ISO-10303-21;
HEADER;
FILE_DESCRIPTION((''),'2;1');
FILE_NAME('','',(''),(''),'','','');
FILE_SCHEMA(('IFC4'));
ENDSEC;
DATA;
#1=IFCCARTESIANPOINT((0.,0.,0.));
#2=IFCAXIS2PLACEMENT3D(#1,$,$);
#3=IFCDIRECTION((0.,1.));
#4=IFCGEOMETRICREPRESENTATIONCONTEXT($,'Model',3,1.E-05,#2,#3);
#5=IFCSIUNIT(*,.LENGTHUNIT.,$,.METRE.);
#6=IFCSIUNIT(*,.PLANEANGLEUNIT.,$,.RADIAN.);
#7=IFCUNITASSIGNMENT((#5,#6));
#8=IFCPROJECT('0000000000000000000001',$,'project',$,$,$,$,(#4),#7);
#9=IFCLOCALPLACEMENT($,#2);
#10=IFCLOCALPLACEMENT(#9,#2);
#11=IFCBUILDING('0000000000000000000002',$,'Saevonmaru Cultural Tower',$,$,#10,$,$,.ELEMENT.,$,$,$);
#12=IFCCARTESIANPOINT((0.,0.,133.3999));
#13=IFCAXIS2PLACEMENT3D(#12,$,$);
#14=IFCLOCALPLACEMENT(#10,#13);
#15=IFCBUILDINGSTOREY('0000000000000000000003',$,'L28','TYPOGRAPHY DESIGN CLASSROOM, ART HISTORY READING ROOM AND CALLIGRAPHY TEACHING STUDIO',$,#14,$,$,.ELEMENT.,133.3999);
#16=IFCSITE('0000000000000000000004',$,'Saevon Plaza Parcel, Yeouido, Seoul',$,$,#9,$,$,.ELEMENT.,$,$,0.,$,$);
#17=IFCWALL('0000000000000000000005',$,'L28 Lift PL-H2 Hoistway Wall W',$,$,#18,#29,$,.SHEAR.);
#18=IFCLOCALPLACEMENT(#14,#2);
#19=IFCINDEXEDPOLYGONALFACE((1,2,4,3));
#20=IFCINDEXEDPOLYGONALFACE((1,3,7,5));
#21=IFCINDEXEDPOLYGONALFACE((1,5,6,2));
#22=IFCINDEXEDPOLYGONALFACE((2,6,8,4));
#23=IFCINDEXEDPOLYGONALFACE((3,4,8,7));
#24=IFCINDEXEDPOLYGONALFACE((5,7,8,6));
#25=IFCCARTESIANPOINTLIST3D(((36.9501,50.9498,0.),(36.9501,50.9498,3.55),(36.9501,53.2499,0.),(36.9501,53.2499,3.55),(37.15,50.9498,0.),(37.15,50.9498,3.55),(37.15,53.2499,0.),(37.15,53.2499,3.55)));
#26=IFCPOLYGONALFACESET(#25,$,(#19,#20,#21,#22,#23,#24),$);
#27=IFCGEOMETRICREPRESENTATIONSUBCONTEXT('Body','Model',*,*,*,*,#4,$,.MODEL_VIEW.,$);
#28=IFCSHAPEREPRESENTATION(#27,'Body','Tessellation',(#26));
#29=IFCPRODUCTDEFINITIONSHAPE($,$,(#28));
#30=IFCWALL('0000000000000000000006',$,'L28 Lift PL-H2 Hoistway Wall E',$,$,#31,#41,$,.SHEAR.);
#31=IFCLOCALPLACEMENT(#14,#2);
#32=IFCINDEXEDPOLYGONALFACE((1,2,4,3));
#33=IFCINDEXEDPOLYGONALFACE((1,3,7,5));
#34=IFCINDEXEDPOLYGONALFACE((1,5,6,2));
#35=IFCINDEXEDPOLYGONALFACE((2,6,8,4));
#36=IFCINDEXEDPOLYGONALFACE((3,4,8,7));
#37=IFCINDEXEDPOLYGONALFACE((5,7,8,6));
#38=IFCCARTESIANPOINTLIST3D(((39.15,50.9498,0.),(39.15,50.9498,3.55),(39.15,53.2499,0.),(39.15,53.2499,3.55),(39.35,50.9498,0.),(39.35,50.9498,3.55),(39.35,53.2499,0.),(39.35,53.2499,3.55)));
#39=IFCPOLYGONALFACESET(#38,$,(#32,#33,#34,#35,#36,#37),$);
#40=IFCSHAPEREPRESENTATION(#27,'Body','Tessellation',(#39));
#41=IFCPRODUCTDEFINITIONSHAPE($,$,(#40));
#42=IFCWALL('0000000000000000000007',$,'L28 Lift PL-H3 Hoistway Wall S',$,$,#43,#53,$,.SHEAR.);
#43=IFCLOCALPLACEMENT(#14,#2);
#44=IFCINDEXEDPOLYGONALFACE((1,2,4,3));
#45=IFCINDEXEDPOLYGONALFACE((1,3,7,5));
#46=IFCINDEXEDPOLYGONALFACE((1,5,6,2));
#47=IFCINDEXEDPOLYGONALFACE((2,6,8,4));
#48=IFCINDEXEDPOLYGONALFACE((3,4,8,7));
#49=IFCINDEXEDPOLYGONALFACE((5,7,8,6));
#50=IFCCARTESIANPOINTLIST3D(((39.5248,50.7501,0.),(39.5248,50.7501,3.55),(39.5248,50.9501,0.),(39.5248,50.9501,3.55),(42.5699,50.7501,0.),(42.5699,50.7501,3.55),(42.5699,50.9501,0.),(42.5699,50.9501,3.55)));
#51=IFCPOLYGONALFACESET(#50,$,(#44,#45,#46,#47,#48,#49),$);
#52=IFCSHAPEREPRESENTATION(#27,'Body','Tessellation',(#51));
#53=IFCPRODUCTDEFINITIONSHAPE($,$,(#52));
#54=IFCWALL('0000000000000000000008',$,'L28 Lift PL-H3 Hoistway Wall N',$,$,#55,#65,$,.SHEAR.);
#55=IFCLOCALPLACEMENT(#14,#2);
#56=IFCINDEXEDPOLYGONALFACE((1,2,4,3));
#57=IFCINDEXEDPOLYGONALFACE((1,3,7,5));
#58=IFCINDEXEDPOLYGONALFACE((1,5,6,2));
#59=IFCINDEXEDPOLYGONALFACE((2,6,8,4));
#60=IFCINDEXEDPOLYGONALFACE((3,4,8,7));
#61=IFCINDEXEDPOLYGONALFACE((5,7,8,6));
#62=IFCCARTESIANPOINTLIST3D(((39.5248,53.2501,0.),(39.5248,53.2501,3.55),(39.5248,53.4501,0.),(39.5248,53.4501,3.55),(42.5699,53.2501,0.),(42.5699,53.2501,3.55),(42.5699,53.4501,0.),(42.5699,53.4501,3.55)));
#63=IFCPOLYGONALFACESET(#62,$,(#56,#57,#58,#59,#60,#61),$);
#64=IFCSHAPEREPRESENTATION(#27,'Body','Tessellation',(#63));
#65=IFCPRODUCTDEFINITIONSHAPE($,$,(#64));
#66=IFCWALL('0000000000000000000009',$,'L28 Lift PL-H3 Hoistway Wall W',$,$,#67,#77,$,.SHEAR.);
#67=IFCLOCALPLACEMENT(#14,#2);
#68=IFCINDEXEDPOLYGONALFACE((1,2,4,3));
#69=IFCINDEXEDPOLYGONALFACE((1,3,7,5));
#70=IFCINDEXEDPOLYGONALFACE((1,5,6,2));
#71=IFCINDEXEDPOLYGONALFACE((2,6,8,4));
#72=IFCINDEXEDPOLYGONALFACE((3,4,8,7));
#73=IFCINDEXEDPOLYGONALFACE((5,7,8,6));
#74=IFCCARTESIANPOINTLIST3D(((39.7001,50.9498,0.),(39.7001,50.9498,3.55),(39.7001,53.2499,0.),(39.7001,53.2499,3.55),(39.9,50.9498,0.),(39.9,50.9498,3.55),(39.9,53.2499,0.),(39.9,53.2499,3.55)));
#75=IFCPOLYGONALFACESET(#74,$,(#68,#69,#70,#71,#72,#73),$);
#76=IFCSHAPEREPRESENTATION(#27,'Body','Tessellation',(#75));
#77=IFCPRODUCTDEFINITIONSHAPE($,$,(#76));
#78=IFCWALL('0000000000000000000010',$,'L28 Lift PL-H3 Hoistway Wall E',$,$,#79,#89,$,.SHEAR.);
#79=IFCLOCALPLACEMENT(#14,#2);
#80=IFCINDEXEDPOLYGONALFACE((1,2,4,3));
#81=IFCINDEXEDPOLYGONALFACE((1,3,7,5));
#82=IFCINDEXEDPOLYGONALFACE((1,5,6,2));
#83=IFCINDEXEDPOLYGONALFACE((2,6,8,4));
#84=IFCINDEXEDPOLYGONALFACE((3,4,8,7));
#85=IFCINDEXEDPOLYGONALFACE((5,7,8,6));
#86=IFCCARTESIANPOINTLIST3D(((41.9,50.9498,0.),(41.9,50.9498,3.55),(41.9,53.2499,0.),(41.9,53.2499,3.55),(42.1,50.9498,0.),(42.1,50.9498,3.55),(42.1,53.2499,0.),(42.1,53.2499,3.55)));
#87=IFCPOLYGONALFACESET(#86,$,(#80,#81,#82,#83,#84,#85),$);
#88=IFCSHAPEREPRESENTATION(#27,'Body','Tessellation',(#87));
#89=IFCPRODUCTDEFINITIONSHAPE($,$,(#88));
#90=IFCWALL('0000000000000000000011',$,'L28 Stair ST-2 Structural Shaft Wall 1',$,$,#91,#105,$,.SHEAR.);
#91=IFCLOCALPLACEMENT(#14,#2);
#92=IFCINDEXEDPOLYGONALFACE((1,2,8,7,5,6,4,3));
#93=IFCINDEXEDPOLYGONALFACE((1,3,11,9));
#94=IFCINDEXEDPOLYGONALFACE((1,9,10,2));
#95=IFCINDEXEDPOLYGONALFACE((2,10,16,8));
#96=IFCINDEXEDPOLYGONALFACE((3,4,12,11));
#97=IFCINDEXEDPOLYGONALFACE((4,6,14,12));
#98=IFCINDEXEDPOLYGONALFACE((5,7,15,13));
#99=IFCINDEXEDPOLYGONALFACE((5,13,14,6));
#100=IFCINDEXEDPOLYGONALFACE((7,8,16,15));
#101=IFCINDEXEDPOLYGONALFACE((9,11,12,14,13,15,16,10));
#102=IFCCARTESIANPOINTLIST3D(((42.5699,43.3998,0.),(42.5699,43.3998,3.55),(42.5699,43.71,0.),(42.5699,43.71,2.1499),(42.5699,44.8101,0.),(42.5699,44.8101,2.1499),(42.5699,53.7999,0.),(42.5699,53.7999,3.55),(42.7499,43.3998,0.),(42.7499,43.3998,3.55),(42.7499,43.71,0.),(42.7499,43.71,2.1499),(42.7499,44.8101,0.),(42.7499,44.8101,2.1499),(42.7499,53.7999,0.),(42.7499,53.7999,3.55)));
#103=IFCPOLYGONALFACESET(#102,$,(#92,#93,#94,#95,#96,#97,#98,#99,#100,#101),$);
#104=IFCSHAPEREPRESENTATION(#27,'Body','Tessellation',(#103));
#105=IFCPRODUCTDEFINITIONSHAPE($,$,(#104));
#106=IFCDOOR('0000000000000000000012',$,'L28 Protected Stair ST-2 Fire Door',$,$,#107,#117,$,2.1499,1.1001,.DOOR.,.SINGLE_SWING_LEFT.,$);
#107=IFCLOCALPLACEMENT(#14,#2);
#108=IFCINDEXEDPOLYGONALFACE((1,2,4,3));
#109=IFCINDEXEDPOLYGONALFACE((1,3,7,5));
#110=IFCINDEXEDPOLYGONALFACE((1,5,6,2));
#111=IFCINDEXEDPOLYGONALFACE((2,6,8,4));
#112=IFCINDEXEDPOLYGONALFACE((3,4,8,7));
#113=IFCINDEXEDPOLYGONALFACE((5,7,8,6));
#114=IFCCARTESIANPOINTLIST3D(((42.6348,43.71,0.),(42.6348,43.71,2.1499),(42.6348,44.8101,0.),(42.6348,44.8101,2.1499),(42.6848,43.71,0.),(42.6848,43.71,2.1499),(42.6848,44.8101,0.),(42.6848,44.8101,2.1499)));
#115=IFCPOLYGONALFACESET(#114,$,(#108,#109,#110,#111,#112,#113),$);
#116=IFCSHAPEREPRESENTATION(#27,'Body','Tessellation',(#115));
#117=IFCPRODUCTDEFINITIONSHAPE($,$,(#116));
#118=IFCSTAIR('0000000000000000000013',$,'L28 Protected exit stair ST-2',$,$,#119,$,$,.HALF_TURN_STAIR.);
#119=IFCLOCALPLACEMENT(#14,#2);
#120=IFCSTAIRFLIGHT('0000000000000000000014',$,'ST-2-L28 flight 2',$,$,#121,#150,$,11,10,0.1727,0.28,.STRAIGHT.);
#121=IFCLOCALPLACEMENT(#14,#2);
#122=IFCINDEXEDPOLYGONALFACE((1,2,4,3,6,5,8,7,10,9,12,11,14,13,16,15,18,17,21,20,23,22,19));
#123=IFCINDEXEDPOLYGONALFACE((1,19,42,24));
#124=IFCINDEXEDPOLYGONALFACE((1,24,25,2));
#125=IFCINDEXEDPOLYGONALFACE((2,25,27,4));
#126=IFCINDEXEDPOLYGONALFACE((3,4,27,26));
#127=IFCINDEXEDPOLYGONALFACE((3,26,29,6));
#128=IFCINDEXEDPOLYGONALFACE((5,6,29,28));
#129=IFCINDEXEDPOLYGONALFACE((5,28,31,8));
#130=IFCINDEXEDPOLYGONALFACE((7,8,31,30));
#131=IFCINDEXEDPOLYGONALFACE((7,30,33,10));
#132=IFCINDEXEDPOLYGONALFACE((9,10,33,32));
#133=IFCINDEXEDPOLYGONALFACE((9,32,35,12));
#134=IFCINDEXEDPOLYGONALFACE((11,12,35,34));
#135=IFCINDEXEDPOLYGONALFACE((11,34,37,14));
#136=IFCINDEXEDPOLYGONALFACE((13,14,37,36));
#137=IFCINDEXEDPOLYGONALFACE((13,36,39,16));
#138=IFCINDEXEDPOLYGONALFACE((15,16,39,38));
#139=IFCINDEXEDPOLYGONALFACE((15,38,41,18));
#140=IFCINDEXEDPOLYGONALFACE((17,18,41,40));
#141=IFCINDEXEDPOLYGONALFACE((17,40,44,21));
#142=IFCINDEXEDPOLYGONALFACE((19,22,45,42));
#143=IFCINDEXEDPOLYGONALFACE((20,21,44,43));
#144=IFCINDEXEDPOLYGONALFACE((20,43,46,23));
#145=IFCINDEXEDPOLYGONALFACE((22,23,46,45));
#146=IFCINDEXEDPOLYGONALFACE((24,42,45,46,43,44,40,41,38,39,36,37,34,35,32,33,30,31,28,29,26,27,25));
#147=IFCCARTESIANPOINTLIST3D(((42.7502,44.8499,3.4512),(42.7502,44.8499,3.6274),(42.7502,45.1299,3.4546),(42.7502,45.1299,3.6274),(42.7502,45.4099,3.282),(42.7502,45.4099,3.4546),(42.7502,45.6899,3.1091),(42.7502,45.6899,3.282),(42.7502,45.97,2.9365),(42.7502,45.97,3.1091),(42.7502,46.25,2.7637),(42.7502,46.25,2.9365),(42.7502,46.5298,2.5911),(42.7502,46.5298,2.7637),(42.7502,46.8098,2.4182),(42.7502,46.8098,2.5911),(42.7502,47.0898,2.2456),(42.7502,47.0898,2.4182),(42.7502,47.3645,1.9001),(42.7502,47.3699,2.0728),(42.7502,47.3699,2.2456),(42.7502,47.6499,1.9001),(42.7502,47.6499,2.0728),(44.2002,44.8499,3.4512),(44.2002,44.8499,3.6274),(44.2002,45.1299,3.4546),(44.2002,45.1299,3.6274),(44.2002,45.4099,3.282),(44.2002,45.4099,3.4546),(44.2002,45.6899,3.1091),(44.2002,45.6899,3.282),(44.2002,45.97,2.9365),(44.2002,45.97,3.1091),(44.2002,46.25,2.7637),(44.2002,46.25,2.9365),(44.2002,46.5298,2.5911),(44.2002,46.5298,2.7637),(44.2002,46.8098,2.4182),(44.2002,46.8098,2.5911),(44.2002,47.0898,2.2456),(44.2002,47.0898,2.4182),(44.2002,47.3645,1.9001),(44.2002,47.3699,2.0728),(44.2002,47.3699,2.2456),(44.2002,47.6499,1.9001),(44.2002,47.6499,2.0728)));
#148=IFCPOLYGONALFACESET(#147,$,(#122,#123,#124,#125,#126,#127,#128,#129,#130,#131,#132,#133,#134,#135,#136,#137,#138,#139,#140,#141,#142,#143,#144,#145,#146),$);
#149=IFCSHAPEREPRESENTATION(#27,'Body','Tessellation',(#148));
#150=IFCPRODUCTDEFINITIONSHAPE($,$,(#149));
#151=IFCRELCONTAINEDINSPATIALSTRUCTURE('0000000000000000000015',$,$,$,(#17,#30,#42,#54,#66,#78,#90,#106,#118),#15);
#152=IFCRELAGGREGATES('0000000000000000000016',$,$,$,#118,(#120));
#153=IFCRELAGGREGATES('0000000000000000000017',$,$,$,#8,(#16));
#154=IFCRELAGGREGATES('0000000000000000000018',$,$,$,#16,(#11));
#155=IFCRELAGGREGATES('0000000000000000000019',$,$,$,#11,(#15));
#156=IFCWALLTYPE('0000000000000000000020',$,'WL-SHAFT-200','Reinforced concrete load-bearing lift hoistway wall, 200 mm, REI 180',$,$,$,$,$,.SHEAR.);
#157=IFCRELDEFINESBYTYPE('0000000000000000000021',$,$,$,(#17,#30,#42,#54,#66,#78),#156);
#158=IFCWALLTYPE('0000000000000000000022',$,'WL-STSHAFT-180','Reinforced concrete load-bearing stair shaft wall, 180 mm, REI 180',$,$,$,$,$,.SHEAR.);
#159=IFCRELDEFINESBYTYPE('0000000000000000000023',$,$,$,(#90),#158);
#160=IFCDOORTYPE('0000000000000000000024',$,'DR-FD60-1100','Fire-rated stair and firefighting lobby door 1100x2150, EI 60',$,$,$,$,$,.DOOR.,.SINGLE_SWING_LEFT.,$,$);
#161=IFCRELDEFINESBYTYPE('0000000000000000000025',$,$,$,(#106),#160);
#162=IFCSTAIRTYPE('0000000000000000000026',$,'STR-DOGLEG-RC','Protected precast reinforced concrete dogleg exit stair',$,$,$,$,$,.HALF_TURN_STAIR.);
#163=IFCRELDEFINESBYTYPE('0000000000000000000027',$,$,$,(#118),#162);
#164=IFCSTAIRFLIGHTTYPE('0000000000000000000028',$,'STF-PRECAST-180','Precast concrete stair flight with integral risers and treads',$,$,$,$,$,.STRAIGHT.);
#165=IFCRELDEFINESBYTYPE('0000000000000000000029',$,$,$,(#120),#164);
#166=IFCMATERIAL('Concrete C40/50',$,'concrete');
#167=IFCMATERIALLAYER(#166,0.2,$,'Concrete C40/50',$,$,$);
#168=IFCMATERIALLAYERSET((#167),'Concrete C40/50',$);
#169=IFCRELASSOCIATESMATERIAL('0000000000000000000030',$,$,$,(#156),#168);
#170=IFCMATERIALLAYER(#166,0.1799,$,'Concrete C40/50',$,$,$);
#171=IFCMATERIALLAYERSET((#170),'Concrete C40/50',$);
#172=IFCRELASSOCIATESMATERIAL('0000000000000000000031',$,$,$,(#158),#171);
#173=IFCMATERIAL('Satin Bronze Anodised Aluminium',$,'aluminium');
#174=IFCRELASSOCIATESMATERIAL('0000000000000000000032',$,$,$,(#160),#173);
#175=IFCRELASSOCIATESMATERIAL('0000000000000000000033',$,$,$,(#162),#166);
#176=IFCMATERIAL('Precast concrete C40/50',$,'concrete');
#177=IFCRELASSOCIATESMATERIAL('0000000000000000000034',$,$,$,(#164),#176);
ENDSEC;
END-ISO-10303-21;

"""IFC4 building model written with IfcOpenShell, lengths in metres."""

from ifc_helpers import new_model, si_unit, direction, frame, frame_2d, origin, place, context, subcontext, project, spatial, polyline, rectangle, outline, extrude, material, layer, layer_set, type_object, element, fill, aggregate, save


model = new_model("IFC4")

# Units and contexts
model_context = context("Model", 3, precision=1e-05, world=origin(), true_north=direction((0.0, 1.0)))
body_context = subcontext(model_context, "Body", "Model", "MODEL_VIEW")
ifc_project = project(units=[si_unit("LENGTHUNIT", "METRE"), si_unit("PLANEANGLEUNIT", "RADIAN")], contexts=[model_context])

# Site, building, storey
site_placement = place(None, origin())
site = spatial("IfcSite", under=ifc_project, at=site_placement, Name="Saevon Plaza Parcel, Yeouido, Seoul", CompositionType="ELEMENT", RefElevation=0.0)
building_placement = place(site_placement, origin())
building = spatial("IfcBuilding", under=site, at=building_placement, Name="Saevonmaru Cultural Tower", CompositionType="ELEMENT")
storey_placement = place(building_placement, frame((0.0, 0.0, 133.3999)))
storey = spatial("IfcBuildingStorey", under=building, at=storey_placement, Name="L28", Description="TYPOGRAPHY DESIGN CLASSROOM, ART HISTORY READING ROOM AND CALLIGRAPHY TEACHING STUDIO", CompositionType="ELEMENT", Elevation=133.3999)

# Shared definitions
ifc_material_1 = material(Name="Satin Bronze Anodised Aluminium", Category="aluminium")

# Walls
ifc_material_2 = material(Name="Concrete C40/50", Category="concrete")
ifc_layer_1 = layer(ifc_material_2, 0.2, Name="Concrete C40/50")
ifc_layer_set_1 = layer_set([ifc_layer_1], Name="Concrete C40/50")
wall_type_1 = type_object("IfcWallType", Name="WL-SHAFT-200", Description="Reinforced concrete load-bearing lift hoistway wall, 200 mm, REI 180", PredefinedType="SHEAR", material=ifc_layer_set_1)
for number, where, z_axis, x_axis, name in (
    (1, (37.05, 50.95, 0.0), (0.0, 0.0, 1.0), (0.0, 1.0, 0.0), "L28 Lift PL-H2 Hoistway Wall W"),
    (2, (39.25, 50.95, 0.0), (0.0, 0.0, 1.0), (0.0, 1.0, 0.0), "L28 Lift PL-H2 Hoistway Wall E"),
):
    element("IfcWall", number, at=place(storey_placement, frame(where, z_axis=z_axis, x_axis=x_axis)), inside=storey, type_object=wall_type_1, Name=name, PredefinedType="SHEAR", context=body_context, shape_type="SweptSolid", body=[
        extrude(rectangle(XDim=2.3, YDim=0.2, at=frame_2d((1.1499, 0.0))), origin(), (0.0, 0.0, 1.0), 3.55),
    ])
for number, where, z_axis, x_axis, name in (
    (3, (39.5249, 50.8501, 0.0), (0.0, 0.0, 1.0), (1.0, 0.0, 0.0), "L28 Lift PL-H3 Hoistway Wall S"),
    (4, (39.5249, 53.3501, 0.0), (0.0, 0.0, 1.0), (1.0, 0.0, 0.0), "L28 Lift PL-H3 Hoistway Wall N"),
):
    element("IfcWall", number, at=place(storey_placement, frame(where, z_axis=z_axis, x_axis=x_axis)), inside=storey, type_object=wall_type_1, Name=name, PredefinedType="SHEAR", context=body_context, shape_type="SweptSolid", body=[
        extrude(rectangle(XDim=3.0452, YDim=0.2, at=frame_2d((1.5225, 0.0))), origin(), (0.0, 0.0, 1.0), 3.55),
    ])
for number, where, z_axis, x_axis, name in (
    (5, (39.8, 50.95, 0.0), (0.0, 0.0, 1.0), (0.0, 1.0, 0.0), "L28 Lift PL-H3 Hoistway Wall W"),
    (6, (42.0, 50.95, 0.0), (0.0, 0.0, 1.0), (0.0, 1.0, 0.0), "L28 Lift PL-H3 Hoistway Wall E"),
):
    element("IfcWall", number, at=place(storey_placement, frame(where, z_axis=z_axis, x_axis=x_axis)), inside=storey, type_object=wall_type_1, Name=name, PredefinedType="SHEAR", context=body_context, shape_type="SweptSolid", body=[
        extrude(rectangle(XDim=2.3, YDim=0.2, at=frame_2d((1.1499, 0.0))), origin(), (0.0, 0.0, 1.0), 3.55),
    ])

# Wall, opening, door
ifc_layer_2 = layer(ifc_material_2, 0.1799, Name="Concrete C40/50")
ifc_layer_set_2 = layer_set([ifc_layer_2], Name="Concrete C40/50")
wall_type_2 = type_object("IfcWallType", Name="WL-STSHAFT-180", Description="Reinforced concrete load-bearing stair shaft wall, 180 mm, REI 180", PredefinedType="SHEAR", material=ifc_layer_set_2)
wall_1_placement = place(storey_placement, frame((42.6599, 53.8, 0.0), z_axis=(0.0, 0.0, 1.0), x_axis=(0.0, -1.0, 0.0)))
wall_1 = element("IfcWall", 7, at=wall_1_placement, inside=storey, type_object=wall_type_2, Name="L28 Stair ST-2 Structural Shaft Wall 1", PredefinedType="SHEAR", context=body_context, shape_type="SweptSolid", body=[
    extrude(rectangle(XDim=10.4001, YDim=0.1799, at=frame_2d((5.2002, 0.0))), origin(), (0.0, 0.0, 1.0), 3.55),
])
opening_1_placement = place(wall_1_placement, frame((8.99, 0.0, 0.0)))
opening_1 = element("IfcOpeningElement", 8, at=opening_1_placement, cuts=wall_1, PredefinedType="OPENING", context=body_context, shape_type="SweptSolid", body=[
    extrude(rectangle(XDim=1.1001, YDim=2.1499, at=frame_2d((0.55, 1.075))), frame((0.0, 0.1001, 0.0), z_axis=(0.0, -1.0, 0.0), x_axis=(1.0, 0.0, 0.0)), (0.0, 0.0, 1.0), 0.2),
])
door_type_1 = type_object("IfcDoorType", Name="DR-FD60-1100", Description="Fire-rated stair and firefighting lobby door 1100x2150, EI 60", OperationType="SINGLE_SWING_LEFT", PredefinedType="DOOR", material=ifc_material_1)
door_1_placement = place(opening_1_placement, origin())
door_1 = element("IfcDoor", 9, at=door_1_placement, inside=storey, type_object=door_type_1, Name="L28 Protected Stair ST-2 Fire Door", OperationType="SINGLE_SWING_LEFT", OverallHeight=2.1499, OverallWidth=1.1001, PredefinedType="DOOR", context=body_context, shape_type="SweptSolid", body=[
    extrude(rectangle(XDim=1.1001, YDim=2.1499, at=frame_2d((0.55, 1.075))), frame((0.0, 0.0249, 0.0), z_axis=(0.0, -1.0, 0.0), x_axis=(1.0, 0.0, 0.0)), (0.0, 0.0, 1.0), 0.05),
])
fill(opening_1, door_1)

# Stair, stair flight
stair_type = type_object("IfcStairType", Name="STR-DOGLEG-RC", Description="Protected precast reinforced concrete dogleg exit stair", PredefinedType="HALF_TURN_STAIR", material=ifc_material_2)
stair_placement = place(storey_placement, origin())
stair = element("IfcStair", 10, at=stair_placement, inside=storey, type_object=stair_type, Name="L28 Protected exit stair ST-2", PredefinedType="HALF_TURN_STAIR")
ifc_material_3 = material(Name="Precast concrete C40/50", Category="concrete")
stair_flight_type = type_object("IfcStairFlightType", Name="STF-PRECAST-180", Description="Precast concrete stair flight with integral risers and treads", PredefinedType="STRAIGHT", material=ifc_material_3)
stair_flight_placement = place(storey_placement, frame((43.4751, 47.6499, 1.9001), z_axis=(0.0, 0.0, 1.0), x_axis=(0.0, -1.0, 0.0)))
stair_flight = element("IfcStairFlight", 11, at=stair_flight_placement, type_object=stair_flight_type, Name="ST-2-L28 flight 2", NumberOfRisers=11, NumberOfTreads=10, PredefinedType="STRAIGHT", RiserHeight=0.1727, TreadLength=0.28, context=body_context, shape_type="SweptSolid", body=[
    extrude(outline(polyline([(0.0, 0.0), (0.0, 0.1726), (0.28, 0.1726), (0.28, 0.3455), (0.5601, 0.3455), (0.5601, 0.5181), (0.8401, 0.5181), (0.8401, 0.6909), (1.1201, 0.6909), (1.1201, 0.8635), (1.3999, 0.8635), (1.3999, 1.0364), (1.6799, 1.0364), (1.6799, 1.209), (1.96, 1.209), (1.96, 1.3818), (2.24, 1.3818), (2.24, 1.5544), (2.52, 1.5544), (2.52, 1.7273), (2.8, 1.7273), (2.8, 1.8999), (2.8, 1.551), (0.2854, 0.0), (0.0, 0.0)])), frame((0.0, 0.7251, 0.0), z_axis=(0.0, -1.0, 0.0), x_axis=(1.0, 0.0, 0.0)), (0.0, 0.0, 1.0), 1.45),
])
aggregate(stair, [stair_flight])

save(model, "model.ifc")
